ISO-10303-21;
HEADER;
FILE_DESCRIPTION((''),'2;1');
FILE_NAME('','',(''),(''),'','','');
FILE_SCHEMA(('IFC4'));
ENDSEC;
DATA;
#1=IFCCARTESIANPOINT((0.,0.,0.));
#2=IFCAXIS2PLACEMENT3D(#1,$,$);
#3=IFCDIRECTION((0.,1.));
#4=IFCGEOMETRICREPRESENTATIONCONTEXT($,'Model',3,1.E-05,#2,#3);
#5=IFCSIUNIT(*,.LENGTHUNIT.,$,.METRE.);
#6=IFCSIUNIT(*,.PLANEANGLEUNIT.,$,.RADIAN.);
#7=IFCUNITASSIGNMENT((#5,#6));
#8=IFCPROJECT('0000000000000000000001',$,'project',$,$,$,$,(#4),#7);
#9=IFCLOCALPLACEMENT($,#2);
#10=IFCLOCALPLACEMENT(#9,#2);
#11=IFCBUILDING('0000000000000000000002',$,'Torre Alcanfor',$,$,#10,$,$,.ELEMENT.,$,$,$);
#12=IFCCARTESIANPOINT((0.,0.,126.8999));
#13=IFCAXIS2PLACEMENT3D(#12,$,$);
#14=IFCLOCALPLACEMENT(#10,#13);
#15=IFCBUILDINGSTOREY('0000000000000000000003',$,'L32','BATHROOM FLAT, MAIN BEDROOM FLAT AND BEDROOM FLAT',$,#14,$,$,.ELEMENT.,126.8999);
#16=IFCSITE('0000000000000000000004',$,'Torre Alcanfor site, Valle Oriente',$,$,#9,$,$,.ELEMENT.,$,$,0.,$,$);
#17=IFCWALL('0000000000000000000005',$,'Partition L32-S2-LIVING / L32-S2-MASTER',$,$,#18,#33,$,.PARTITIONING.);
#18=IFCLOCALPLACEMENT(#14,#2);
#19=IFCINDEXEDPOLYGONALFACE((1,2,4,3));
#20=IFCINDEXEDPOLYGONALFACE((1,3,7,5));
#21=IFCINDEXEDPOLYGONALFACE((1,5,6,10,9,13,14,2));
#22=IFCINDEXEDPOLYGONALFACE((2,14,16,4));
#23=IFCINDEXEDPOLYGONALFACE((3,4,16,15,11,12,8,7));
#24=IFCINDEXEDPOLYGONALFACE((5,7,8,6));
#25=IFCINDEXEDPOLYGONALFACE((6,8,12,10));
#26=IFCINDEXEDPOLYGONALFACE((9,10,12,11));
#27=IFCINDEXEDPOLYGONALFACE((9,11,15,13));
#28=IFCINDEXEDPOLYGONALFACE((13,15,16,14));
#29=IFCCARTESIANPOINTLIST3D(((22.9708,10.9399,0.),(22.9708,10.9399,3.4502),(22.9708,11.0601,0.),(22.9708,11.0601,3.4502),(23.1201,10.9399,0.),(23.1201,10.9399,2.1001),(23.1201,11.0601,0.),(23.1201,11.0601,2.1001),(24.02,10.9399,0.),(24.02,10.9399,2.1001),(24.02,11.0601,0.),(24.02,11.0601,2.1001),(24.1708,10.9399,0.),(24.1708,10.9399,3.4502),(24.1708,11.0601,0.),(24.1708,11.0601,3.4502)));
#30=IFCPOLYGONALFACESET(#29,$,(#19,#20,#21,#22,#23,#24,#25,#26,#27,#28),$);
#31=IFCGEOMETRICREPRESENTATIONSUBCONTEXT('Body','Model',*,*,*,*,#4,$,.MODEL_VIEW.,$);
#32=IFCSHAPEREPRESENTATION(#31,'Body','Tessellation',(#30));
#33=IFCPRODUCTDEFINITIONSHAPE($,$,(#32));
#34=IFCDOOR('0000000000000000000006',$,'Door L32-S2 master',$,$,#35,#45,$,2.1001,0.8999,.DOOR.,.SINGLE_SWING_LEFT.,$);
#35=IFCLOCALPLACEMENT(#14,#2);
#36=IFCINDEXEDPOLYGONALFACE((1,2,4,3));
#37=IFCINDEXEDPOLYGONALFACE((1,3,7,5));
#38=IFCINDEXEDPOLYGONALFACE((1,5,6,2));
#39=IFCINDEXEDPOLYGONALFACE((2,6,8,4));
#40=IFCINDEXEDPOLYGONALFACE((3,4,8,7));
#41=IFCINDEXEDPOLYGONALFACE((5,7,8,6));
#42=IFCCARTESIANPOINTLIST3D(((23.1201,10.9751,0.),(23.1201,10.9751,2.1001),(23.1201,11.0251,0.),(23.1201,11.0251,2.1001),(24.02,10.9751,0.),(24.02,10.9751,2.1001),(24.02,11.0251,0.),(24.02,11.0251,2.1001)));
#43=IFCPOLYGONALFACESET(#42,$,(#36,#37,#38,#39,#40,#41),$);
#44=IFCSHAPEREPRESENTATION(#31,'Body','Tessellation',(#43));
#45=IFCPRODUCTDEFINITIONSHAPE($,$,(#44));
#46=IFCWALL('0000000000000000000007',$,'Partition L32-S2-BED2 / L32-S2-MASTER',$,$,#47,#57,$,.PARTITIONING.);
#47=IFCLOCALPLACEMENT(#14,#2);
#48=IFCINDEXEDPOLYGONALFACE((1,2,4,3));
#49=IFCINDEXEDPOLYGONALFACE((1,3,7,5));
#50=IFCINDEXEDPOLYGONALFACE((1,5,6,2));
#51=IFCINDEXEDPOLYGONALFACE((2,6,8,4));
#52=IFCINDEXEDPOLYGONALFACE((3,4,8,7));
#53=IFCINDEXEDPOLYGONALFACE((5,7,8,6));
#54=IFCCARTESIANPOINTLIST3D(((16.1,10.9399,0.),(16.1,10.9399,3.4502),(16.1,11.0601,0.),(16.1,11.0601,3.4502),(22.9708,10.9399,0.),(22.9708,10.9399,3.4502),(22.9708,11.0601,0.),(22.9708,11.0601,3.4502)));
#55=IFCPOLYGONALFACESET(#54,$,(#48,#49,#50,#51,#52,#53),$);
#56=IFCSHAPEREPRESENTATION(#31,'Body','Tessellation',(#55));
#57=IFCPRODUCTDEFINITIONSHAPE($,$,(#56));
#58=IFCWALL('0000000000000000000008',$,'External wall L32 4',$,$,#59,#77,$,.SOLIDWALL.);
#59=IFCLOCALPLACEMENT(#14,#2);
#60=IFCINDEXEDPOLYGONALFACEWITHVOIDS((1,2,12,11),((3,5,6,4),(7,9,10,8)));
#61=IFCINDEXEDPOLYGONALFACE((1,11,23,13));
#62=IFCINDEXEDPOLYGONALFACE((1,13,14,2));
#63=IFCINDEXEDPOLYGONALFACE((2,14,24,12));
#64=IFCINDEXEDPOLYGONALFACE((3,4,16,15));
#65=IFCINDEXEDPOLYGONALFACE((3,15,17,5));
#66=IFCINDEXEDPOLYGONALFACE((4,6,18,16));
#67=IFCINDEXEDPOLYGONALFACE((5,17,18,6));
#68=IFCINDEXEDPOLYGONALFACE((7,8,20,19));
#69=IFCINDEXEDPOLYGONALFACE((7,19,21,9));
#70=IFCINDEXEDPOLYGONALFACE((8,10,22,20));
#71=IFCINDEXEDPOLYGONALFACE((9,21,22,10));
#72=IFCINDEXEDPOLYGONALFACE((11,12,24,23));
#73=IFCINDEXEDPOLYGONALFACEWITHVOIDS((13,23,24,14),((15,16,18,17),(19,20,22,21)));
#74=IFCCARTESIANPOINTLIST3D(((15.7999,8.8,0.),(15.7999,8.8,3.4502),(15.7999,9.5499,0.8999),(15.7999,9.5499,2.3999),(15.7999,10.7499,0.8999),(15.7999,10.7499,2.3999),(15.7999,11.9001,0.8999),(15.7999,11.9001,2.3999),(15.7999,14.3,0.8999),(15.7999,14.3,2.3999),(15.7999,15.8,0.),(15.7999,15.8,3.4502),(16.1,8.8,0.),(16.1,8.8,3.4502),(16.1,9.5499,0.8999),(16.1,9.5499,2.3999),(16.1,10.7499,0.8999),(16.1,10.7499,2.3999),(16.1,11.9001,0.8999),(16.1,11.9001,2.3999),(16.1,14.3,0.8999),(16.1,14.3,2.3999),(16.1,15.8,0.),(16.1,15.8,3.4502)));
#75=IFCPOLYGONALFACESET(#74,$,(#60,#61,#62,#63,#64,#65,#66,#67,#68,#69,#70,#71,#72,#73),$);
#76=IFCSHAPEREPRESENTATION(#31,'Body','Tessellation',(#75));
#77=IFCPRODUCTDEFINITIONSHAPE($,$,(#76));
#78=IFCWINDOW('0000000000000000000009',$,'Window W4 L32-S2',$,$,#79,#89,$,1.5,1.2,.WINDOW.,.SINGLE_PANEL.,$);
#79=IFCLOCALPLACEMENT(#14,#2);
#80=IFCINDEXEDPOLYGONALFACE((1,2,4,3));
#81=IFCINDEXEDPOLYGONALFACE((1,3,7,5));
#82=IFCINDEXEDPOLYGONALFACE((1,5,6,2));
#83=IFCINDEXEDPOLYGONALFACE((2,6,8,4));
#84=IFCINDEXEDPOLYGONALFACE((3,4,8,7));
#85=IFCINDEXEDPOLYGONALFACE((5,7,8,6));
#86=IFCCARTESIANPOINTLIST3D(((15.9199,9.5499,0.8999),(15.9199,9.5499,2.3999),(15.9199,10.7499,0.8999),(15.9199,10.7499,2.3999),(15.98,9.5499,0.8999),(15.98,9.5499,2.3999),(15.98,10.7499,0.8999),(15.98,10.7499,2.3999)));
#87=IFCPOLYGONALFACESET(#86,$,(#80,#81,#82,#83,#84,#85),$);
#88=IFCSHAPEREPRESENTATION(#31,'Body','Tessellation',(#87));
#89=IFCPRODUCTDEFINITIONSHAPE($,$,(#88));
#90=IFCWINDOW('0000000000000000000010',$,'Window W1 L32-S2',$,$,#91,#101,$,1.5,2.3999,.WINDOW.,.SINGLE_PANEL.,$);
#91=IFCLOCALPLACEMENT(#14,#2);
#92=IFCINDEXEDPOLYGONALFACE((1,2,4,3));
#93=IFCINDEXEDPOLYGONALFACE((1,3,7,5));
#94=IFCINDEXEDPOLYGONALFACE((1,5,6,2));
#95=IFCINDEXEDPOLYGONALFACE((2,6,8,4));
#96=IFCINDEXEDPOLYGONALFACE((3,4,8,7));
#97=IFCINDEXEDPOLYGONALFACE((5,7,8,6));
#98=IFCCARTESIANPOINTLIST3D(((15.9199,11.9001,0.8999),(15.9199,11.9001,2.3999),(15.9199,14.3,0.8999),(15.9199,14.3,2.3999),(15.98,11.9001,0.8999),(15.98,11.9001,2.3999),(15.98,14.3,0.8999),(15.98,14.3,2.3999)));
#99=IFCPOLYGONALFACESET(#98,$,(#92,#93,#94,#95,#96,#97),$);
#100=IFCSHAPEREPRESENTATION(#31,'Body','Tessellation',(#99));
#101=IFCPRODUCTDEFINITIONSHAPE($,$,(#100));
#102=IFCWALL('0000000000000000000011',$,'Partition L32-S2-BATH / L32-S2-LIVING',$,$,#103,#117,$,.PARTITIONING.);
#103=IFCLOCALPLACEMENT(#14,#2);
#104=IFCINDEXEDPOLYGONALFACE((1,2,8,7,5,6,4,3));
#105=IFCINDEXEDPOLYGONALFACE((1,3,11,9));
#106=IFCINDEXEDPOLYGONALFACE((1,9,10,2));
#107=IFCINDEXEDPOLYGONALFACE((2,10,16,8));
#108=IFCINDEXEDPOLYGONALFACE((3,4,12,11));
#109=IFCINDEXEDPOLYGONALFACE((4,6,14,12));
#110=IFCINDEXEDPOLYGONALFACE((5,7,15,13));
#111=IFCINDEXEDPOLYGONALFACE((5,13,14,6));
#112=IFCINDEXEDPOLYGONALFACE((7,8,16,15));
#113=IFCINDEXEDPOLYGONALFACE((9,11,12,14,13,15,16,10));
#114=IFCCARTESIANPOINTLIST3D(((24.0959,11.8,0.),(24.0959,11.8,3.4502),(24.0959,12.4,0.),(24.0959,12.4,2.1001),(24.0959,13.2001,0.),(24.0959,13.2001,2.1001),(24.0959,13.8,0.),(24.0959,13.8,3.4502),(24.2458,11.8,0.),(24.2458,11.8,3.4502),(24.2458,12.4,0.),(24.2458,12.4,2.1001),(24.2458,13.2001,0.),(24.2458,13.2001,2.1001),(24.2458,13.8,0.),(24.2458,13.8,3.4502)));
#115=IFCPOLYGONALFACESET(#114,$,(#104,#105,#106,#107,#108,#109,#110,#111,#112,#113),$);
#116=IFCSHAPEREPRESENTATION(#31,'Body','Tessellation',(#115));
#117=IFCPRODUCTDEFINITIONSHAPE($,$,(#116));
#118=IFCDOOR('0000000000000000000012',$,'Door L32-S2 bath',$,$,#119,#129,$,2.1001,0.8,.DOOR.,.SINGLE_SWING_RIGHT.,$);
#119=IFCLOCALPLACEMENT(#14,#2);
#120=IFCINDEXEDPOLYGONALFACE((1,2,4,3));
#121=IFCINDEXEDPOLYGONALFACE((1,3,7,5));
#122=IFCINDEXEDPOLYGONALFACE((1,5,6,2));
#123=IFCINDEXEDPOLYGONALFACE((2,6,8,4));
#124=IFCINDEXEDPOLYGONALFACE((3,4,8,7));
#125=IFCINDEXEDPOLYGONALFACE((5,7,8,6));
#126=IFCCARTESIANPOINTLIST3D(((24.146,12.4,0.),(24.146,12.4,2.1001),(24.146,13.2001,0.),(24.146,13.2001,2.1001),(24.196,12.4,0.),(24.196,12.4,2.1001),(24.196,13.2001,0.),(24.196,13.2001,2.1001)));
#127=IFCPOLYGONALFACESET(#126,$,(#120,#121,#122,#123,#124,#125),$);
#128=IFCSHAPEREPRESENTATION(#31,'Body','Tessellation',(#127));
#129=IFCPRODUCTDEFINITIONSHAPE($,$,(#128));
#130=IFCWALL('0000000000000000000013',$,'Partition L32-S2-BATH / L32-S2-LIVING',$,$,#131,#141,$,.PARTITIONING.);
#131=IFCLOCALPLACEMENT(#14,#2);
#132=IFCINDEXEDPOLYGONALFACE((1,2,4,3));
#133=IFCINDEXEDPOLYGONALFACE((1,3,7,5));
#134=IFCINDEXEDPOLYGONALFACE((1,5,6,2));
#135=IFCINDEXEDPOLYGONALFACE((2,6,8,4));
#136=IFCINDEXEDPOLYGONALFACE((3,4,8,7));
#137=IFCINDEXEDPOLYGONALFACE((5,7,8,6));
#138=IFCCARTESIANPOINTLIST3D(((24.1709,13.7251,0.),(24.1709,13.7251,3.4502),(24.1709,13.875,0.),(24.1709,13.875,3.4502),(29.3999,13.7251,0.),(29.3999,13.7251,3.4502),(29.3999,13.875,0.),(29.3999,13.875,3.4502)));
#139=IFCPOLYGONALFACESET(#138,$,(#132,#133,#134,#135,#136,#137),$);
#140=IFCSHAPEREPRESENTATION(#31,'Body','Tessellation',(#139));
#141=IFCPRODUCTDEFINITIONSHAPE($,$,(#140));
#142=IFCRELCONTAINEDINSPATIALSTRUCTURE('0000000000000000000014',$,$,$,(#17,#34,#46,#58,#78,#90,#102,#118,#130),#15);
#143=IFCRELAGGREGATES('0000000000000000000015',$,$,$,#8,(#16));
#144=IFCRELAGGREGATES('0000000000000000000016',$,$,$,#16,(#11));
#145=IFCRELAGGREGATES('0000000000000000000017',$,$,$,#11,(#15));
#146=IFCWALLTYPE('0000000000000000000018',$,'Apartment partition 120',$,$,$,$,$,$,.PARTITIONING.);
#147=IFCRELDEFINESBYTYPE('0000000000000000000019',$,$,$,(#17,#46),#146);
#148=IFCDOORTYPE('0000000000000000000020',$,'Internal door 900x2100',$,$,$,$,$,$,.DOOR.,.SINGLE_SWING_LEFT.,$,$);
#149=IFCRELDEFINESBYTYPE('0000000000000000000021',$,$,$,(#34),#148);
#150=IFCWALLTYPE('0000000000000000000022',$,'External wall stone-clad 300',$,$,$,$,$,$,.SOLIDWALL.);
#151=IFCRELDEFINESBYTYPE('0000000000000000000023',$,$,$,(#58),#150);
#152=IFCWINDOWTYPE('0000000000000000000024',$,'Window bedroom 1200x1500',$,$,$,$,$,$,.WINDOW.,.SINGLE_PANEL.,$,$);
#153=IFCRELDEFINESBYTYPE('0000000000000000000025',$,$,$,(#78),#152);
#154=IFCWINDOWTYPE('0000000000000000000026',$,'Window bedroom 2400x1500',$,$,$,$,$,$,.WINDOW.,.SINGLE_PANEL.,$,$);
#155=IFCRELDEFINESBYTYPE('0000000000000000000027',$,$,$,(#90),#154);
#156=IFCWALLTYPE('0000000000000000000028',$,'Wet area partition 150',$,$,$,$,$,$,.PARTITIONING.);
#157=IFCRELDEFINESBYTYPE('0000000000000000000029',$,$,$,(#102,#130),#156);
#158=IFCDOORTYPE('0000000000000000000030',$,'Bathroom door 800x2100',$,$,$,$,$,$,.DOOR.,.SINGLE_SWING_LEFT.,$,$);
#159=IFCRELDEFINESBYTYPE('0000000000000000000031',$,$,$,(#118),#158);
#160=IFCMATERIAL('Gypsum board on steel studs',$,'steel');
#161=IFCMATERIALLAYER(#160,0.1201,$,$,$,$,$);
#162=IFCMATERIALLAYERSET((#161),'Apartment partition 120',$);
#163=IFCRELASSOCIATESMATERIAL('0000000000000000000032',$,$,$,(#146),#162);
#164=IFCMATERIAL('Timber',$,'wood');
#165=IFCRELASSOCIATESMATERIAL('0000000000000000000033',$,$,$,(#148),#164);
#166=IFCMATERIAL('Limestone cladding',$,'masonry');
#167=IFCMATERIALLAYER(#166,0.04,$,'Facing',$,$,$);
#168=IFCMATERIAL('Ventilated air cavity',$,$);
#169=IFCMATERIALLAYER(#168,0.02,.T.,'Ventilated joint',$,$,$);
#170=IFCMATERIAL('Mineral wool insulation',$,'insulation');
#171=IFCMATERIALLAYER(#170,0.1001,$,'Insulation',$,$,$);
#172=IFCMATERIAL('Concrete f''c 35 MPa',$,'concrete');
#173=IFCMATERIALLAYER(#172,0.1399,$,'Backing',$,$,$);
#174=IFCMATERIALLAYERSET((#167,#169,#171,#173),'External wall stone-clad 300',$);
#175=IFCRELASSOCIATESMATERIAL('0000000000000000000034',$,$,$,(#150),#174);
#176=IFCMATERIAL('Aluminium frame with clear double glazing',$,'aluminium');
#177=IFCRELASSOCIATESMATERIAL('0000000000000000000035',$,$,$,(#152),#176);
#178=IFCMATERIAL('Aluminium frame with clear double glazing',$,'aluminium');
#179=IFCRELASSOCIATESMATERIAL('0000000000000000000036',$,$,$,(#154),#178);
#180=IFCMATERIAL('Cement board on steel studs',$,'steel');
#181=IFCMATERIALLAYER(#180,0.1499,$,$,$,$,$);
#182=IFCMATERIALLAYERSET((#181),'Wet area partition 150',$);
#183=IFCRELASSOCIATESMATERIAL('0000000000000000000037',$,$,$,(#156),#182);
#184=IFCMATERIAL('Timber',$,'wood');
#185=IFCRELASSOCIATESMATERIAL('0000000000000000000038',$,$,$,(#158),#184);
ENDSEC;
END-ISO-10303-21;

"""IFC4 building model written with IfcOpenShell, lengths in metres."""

from ifc_helpers import new_model, si_unit, direction, frame, frame_2d, origin, place, context, subcontext, project, spatial, rectangle, extrude, material, layer, layer_set, type_object, element, fill, save


model = new_model("IFC4")

# Units and contexts
model_context = context("Model", 3, precision=1e-05, world=origin(), true_north=direction((0.0, 1.0)))
body_context = subcontext(model_context, "Body", "Model", "MODEL_VIEW")
ifc_project = project(units=[si_unit("LENGTHUNIT", "METRE"), si_unit("PLANEANGLEUNIT", "RADIAN")], contexts=[model_context])

# Site, building, storey
site_placement = place(None, origin())
site = spatial("IfcSite", under=ifc_project, at=site_placement, Name="Torre Alcanfor site, Valle Oriente", CompositionType="ELEMENT", RefElevation=0.0)
building_placement = place(site_placement, origin())
building = spatial("IfcBuilding", under=site, at=building_placement, Name="Torre Alcanfor", CompositionType="ELEMENT")
storey_placement = place(building_placement, frame((0.0, 0.0, 126.8999)))
storey = spatial("IfcBuildingStorey", under=building, at=storey_placement, Name="L32", Description="BATHROOM FLAT, MAIN BEDROOM FLAT AND BEDROOM FLAT", CompositionType="ELEMENT", Elevation=126.8999)

# Shared definitions
ifc_material_1 = material(Name="Gypsum board on steel studs", Category="steel")
ifc_layer_1 = layer(ifc_material_1, 0.1201)
ifc_layer_set_1 = layer_set([ifc_layer_1], Name="Apartment partition 120")
wall_type_1 = type_object("IfcWallType", Name="Apartment partition 120", PredefinedType="PARTITIONING", material=ifc_layer_set_1)
ifc_material_2 = material(Name="Timber", Category="wood")
door_type_1 = type_object("IfcDoorType", Name="Internal door 900x2100", OperationType="SINGLE_SWING_LEFT", PredefinedType="DOOR", material=ifc_material_2)

# Wall, opening, door
wall_1_placement = place(storey_placement, frame((24.1709, 11.0, 0.0), z_axis=(0.0, 0.0, 1.0), x_axis=(-1.0, 0.0, 0.0)))
wall_1 = element("IfcWall", 1, at=wall_1_placement, inside=storey, type_object=wall_type_1, Name="Partition L32-S2-LIVING / L32-S2-MASTER", PredefinedType="PARTITIONING", context=body_context, shape_type="SweptSolid", body=[
    extrude(rectangle(XDim=1.2, YDim=0.1201, at=frame_2d((0.6001, 0.0))), origin(), (0.0, 0.0, 1.0), 3.4502),
])
opening_1_placement = place(wall_1_placement, frame((0.1509, 0.0, 0.0)))
opening_1 = element("IfcOpeningElement", 2, at=opening_1_placement, cuts=wall_1, PredefinedType="OPENING", context=body_context, shape_type="SweptSolid", body=[
    extrude(rectangle(XDim=0.8999, YDim=2.1001, at=frame_2d((0.45, 1.05))), frame((0.0, 0.0701, 0.0), z_axis=(0.0, -1.0, 0.0), x_axis=(1.0, 0.0, 0.0)), (0.0, 0.0, 1.0), 0.1401),
])
door_1_placement = place(opening_1_placement, origin())
door_1 = element("IfcDoor", 3, at=door_1_placement, inside=storey, type_object=door_type_1, Name="Door L32-S2 master", OperationType="SINGLE_SWING_LEFT", OverallHeight=2.1001, OverallWidth=0.8999, PredefinedType="DOOR", context=body_context, shape_type="SweptSolid", body=[
    extrude(rectangle(XDim=0.8999, YDim=2.1001, at=frame_2d((0.45, 1.05))), frame((0.0, 0.0249, 0.0), z_axis=(0.0, -1.0, 0.0), x_axis=(1.0, 0.0, 0.0)), (0.0, 0.0, 1.0), 0.05),
])
fill(opening_1, door_1)

# Wall
wall_2_placement = place(storey_placement, frame((22.9709, 11.0, 0.0), z_axis=(0.0, 0.0, 1.0), x_axis=(-1.0, 0.0, 0.0)))
element("IfcWall", 4, at=wall_2_placement, inside=storey, type_object=wall_type_1, Name="Partition L32-S2-BED2 / L32-S2-MASTER", PredefinedType="PARTITIONING", context=body_context, shape_type="SweptSolid", body=[
    extrude(rectangle(XDim=6.8708, YDim=0.1201, at=frame_2d((3.4355, 0.0))), origin(), (0.0, 0.0, 1.0), 3.4502),
])

# Wall, openings, windows
ifc_material_3 = material(Name="Limestone cladding", Category="masonry")
ifc_layer_2 = layer(ifc_material_3, 0.04, Name="Facing")
ifc_material_4 = material(Name="Ventilated air cavity")
ifc_layer_3 = layer(ifc_material_4, 0.02, ventilated=True, Name="Ventilated joint")
ifc_material_5 = material(Name="Mineral wool insulation", Category="insulation")
ifc_layer_4 = layer(ifc_material_5, 0.1001, Name="Insulation")
ifc_material_6 = material(Name="Concrete f'c 35 MPa", Category="concrete")
ifc_layer_5 = layer(ifc_material_6, 0.1399, Name="Backing")
ifc_layer_set_2 = layer_set([ifc_layer_2, ifc_layer_3, ifc_layer_4, ifc_layer_5], Name="External wall stone-clad 300")
wall_type_2 = type_object("IfcWallType", Name="External wall stone-clad 300", PredefinedType="SOLIDWALL", material=ifc_layer_set_2)
wall_3_placement = place(storey_placement, frame((15.95, 15.8, 0.0), z_axis=(0.0, 0.0, 1.0), x_axis=(0.0, -1.0, 0.0)))
wall_3 = element("IfcWall", 5, at=wall_3_placement, inside=storey, type_object=wall_type_2, Name="External wall L32 4", PredefinedType="SOLIDWALL", context=body_context, shape_type="SweptSolid", body=[
    extrude(rectangle(XDim=7.0, YDim=0.3, at=frame_2d((3.5, 0.0))), origin(), (0.0, 0.0, 1.0), 3.4502),
])
opening_2_placement = place(wall_3_placement, frame((1.5, 0.0, 0.8999)))
opening_2 = element("IfcOpeningElement", 6, at=opening_2_placement, cuts=wall_3, PredefinedType="OPENING", context=body_context, shape_type="SweptSolid", body=[
    extrude(rectangle(XDim=2.3999, YDim=1.5, at=frame_2d((1.2, 0.75))), frame((0.0, 0.1599, 0.0), z_axis=(0.0, -1.0, 0.0), x_axis=(1.0, 0.0, 0.0)), (0.0, 0.0, 1.0), 0.3201),
])
opening_3_placement = place(wall_3_placement, frame((5.05, 0.0, 0.8999)))
opening_3 = element("IfcOpeningElement", 7, at=opening_3_placement, cuts=wall_3, PredefinedType="OPENING", context=body_context, shape_type="SweptSolid", body=[
    extrude(rectangle(XDim=1.2, YDim=1.5, at=frame_2d((0.6001, 0.75))), frame((0.0, 0.1599, 0.0), z_axis=(0.0, -1.0, 0.0), x_axis=(1.0, 0.0, 0.0)), (0.0, 0.0, 1.0), 0.3201),
])
ifc_material_7 = material(Name="Aluminium frame with clear double glazing", Category="aluminium")
window_type_1 = type_object("IfcWindowType", Name="Window bedroom 1200x1500", PartitioningType="SINGLE_PANEL", PredefinedType="WINDOW", material=ifc_material_7)
window_1_placement = place(opening_3_placement, origin())
window_1 = element("IfcWindow", 8, at=window_1_placement, inside=storey, type_object=window_type_1, Name="Window W4 L32-S2", OverallHeight=1.5, OverallWidth=1.2, PartitioningType="SINGLE_PANEL", PredefinedType="WINDOW", context=body_context, shape_type="SweptSolid", body=[
    extrude(rectangle(XDim=1.2, YDim=1.5, at=frame_2d((0.6001, 0.75))), frame((0.0, 0.03, 0.0), z_axis=(0.0, -1.0, 0.0), x_axis=(1.0, 0.0, 0.0)), (0.0, 0.0, 1.0), 0.0601),
])
fill(opening_3, window_1)
ifc_material_8 = material(Name="Aluminium frame with clear double glazing", Category="aluminium")
window_type_2 = type_object("IfcWindowType", Name="Window bedroom 2400x1500", PartitioningType="SINGLE_PANEL", PredefinedType="WINDOW", material=ifc_material_8)
window_2_placement = place(opening_2_placement, origin())
window_2 = element("IfcWindow", 9, at=window_2_placement, inside=storey, type_object=window_type_2, Name="Window W1 L32-S2", OverallHeight=1.5, OverallWidth=2.3999, PartitioningType="SINGLE_PANEL", PredefinedType="WINDOW", context=body_context, shape_type="SweptSolid", body=[
    extrude(rectangle(XDim=2.3999, YDim=1.5, at=frame_2d((1.2, 0.75))), frame((0.0, 0.03, 0.0), z_axis=(0.0, -1.0, 0.0), x_axis=(1.0, 0.0, 0.0)), (0.0, 0.0, 1.0), 0.0601),
])
fill(opening_2, window_2)

# Wall, opening, door
ifc_material_9 = material(Name="Cement board on steel studs", Category="steel")
ifc_layer_6 = layer(ifc_material_9, 0.1499)
ifc_layer_set_3 = layer_set([ifc_layer_6], Name="Wet area partition 150")
wall_type_3 = type_object("IfcWallType", Name="Wet area partition 150", PredefinedType="PARTITIONING", material=ifc_layer_set_3)
wall_4_placement = place(storey_placement, frame((24.1709, 11.8, 0.0), z_axis=(0.0, 0.0, 1.0), x_axis=(0.0, 1.0, 0.0)))
wall_4 = element("IfcWall", 10, at=wall_4_placement, inside=storey, type_object=wall_type_3, Name="Partition L32-S2-BATH / L32-S2-LIVING", PredefinedType="PARTITIONING", context=body_context, shape_type="SweptSolid", body=[
    extrude(rectangle(XDim=2.0, YDim=0.1499, at=frame_2d((1.0, 0.0))), origin(), (0.0, 0.0, 1.0), 3.4502),
])
opening_4_placement = place(wall_4_placement, frame((0.6001, 0.0, 0.0)))
opening_4 = element("IfcOpeningElement", 11, at=opening_4_placement, cuts=wall_4, PredefinedType="OPENING", context=body_context, shape_type="SweptSolid", body=[
    extrude(rectangle(XDim=0.8, YDim=2.1001, at=frame_2d((0.3999, 1.05))), frame((0.0, 0.085, 0.0), z_axis=(0.0, -1.0, 0.0), x_axis=(1.0, 0.0, 0.0)), (0.0, 0.0, 1.0), 0.1699),
])
ifc_material_10 = material(Name="Timber", Category="wood")
door_type_2 = type_object("IfcDoorType", Name="Bathroom door 800x2100", OperationType="SINGLE_SWING_LEFT", PredefinedType="DOOR", material=ifc_material_10)
door_2_placement = place(opening_4_placement, frame((0.8, 0.0, 0.0), z_axis=(0.0, 0.0, 1.0), x_axis=(-1.0, 0.0, 0.0)))
door_2 = element("IfcDoor", 12, at=door_2_placement, inside=storey, type_object=door_type_2, Name="Door L32-S2 bath", OperationType="SINGLE_SWING_RIGHT", OverallHeight=2.1001, OverallWidth=0.8, PredefinedType="DOOR", context=body_context, shape_type="SweptSolid", body=[
    extrude(rectangle(XDim=0.8, YDim=2.1001, at=frame_2d((0.4001, 1.05))), frame((0.0, 0.0251, 0.0), z_axis=(0.0, -1.0, 0.0), x_axis=(1.0, 0.0, 0.0)), (0.0, 0.0, 1.0), 0.05),
])
fill(opening_4, door_2)

# Wall
wall_5_placement = place(storey_placement, frame((24.1709, 13.8, 0.0), z_axis=(0.0, 0.0, 1.0), x_axis=(1.0, 0.0, 0.0)))
element("IfcWall", 13, at=wall_5_placement, inside=storey, type_object=wall_type_3, Name="Partition L32-S2-BATH / L32-S2-LIVING", PredefinedType="PARTITIONING", context=body_context, shape_type="SweptSolid", body=[
    extrude(rectangle(XDim=5.229, YDim=0.1499, at=frame_2d((2.6145, 0.0))), origin(), (0.0, 0.0, 1.0), 3.4502),
])

save(model, "model.ifc")
